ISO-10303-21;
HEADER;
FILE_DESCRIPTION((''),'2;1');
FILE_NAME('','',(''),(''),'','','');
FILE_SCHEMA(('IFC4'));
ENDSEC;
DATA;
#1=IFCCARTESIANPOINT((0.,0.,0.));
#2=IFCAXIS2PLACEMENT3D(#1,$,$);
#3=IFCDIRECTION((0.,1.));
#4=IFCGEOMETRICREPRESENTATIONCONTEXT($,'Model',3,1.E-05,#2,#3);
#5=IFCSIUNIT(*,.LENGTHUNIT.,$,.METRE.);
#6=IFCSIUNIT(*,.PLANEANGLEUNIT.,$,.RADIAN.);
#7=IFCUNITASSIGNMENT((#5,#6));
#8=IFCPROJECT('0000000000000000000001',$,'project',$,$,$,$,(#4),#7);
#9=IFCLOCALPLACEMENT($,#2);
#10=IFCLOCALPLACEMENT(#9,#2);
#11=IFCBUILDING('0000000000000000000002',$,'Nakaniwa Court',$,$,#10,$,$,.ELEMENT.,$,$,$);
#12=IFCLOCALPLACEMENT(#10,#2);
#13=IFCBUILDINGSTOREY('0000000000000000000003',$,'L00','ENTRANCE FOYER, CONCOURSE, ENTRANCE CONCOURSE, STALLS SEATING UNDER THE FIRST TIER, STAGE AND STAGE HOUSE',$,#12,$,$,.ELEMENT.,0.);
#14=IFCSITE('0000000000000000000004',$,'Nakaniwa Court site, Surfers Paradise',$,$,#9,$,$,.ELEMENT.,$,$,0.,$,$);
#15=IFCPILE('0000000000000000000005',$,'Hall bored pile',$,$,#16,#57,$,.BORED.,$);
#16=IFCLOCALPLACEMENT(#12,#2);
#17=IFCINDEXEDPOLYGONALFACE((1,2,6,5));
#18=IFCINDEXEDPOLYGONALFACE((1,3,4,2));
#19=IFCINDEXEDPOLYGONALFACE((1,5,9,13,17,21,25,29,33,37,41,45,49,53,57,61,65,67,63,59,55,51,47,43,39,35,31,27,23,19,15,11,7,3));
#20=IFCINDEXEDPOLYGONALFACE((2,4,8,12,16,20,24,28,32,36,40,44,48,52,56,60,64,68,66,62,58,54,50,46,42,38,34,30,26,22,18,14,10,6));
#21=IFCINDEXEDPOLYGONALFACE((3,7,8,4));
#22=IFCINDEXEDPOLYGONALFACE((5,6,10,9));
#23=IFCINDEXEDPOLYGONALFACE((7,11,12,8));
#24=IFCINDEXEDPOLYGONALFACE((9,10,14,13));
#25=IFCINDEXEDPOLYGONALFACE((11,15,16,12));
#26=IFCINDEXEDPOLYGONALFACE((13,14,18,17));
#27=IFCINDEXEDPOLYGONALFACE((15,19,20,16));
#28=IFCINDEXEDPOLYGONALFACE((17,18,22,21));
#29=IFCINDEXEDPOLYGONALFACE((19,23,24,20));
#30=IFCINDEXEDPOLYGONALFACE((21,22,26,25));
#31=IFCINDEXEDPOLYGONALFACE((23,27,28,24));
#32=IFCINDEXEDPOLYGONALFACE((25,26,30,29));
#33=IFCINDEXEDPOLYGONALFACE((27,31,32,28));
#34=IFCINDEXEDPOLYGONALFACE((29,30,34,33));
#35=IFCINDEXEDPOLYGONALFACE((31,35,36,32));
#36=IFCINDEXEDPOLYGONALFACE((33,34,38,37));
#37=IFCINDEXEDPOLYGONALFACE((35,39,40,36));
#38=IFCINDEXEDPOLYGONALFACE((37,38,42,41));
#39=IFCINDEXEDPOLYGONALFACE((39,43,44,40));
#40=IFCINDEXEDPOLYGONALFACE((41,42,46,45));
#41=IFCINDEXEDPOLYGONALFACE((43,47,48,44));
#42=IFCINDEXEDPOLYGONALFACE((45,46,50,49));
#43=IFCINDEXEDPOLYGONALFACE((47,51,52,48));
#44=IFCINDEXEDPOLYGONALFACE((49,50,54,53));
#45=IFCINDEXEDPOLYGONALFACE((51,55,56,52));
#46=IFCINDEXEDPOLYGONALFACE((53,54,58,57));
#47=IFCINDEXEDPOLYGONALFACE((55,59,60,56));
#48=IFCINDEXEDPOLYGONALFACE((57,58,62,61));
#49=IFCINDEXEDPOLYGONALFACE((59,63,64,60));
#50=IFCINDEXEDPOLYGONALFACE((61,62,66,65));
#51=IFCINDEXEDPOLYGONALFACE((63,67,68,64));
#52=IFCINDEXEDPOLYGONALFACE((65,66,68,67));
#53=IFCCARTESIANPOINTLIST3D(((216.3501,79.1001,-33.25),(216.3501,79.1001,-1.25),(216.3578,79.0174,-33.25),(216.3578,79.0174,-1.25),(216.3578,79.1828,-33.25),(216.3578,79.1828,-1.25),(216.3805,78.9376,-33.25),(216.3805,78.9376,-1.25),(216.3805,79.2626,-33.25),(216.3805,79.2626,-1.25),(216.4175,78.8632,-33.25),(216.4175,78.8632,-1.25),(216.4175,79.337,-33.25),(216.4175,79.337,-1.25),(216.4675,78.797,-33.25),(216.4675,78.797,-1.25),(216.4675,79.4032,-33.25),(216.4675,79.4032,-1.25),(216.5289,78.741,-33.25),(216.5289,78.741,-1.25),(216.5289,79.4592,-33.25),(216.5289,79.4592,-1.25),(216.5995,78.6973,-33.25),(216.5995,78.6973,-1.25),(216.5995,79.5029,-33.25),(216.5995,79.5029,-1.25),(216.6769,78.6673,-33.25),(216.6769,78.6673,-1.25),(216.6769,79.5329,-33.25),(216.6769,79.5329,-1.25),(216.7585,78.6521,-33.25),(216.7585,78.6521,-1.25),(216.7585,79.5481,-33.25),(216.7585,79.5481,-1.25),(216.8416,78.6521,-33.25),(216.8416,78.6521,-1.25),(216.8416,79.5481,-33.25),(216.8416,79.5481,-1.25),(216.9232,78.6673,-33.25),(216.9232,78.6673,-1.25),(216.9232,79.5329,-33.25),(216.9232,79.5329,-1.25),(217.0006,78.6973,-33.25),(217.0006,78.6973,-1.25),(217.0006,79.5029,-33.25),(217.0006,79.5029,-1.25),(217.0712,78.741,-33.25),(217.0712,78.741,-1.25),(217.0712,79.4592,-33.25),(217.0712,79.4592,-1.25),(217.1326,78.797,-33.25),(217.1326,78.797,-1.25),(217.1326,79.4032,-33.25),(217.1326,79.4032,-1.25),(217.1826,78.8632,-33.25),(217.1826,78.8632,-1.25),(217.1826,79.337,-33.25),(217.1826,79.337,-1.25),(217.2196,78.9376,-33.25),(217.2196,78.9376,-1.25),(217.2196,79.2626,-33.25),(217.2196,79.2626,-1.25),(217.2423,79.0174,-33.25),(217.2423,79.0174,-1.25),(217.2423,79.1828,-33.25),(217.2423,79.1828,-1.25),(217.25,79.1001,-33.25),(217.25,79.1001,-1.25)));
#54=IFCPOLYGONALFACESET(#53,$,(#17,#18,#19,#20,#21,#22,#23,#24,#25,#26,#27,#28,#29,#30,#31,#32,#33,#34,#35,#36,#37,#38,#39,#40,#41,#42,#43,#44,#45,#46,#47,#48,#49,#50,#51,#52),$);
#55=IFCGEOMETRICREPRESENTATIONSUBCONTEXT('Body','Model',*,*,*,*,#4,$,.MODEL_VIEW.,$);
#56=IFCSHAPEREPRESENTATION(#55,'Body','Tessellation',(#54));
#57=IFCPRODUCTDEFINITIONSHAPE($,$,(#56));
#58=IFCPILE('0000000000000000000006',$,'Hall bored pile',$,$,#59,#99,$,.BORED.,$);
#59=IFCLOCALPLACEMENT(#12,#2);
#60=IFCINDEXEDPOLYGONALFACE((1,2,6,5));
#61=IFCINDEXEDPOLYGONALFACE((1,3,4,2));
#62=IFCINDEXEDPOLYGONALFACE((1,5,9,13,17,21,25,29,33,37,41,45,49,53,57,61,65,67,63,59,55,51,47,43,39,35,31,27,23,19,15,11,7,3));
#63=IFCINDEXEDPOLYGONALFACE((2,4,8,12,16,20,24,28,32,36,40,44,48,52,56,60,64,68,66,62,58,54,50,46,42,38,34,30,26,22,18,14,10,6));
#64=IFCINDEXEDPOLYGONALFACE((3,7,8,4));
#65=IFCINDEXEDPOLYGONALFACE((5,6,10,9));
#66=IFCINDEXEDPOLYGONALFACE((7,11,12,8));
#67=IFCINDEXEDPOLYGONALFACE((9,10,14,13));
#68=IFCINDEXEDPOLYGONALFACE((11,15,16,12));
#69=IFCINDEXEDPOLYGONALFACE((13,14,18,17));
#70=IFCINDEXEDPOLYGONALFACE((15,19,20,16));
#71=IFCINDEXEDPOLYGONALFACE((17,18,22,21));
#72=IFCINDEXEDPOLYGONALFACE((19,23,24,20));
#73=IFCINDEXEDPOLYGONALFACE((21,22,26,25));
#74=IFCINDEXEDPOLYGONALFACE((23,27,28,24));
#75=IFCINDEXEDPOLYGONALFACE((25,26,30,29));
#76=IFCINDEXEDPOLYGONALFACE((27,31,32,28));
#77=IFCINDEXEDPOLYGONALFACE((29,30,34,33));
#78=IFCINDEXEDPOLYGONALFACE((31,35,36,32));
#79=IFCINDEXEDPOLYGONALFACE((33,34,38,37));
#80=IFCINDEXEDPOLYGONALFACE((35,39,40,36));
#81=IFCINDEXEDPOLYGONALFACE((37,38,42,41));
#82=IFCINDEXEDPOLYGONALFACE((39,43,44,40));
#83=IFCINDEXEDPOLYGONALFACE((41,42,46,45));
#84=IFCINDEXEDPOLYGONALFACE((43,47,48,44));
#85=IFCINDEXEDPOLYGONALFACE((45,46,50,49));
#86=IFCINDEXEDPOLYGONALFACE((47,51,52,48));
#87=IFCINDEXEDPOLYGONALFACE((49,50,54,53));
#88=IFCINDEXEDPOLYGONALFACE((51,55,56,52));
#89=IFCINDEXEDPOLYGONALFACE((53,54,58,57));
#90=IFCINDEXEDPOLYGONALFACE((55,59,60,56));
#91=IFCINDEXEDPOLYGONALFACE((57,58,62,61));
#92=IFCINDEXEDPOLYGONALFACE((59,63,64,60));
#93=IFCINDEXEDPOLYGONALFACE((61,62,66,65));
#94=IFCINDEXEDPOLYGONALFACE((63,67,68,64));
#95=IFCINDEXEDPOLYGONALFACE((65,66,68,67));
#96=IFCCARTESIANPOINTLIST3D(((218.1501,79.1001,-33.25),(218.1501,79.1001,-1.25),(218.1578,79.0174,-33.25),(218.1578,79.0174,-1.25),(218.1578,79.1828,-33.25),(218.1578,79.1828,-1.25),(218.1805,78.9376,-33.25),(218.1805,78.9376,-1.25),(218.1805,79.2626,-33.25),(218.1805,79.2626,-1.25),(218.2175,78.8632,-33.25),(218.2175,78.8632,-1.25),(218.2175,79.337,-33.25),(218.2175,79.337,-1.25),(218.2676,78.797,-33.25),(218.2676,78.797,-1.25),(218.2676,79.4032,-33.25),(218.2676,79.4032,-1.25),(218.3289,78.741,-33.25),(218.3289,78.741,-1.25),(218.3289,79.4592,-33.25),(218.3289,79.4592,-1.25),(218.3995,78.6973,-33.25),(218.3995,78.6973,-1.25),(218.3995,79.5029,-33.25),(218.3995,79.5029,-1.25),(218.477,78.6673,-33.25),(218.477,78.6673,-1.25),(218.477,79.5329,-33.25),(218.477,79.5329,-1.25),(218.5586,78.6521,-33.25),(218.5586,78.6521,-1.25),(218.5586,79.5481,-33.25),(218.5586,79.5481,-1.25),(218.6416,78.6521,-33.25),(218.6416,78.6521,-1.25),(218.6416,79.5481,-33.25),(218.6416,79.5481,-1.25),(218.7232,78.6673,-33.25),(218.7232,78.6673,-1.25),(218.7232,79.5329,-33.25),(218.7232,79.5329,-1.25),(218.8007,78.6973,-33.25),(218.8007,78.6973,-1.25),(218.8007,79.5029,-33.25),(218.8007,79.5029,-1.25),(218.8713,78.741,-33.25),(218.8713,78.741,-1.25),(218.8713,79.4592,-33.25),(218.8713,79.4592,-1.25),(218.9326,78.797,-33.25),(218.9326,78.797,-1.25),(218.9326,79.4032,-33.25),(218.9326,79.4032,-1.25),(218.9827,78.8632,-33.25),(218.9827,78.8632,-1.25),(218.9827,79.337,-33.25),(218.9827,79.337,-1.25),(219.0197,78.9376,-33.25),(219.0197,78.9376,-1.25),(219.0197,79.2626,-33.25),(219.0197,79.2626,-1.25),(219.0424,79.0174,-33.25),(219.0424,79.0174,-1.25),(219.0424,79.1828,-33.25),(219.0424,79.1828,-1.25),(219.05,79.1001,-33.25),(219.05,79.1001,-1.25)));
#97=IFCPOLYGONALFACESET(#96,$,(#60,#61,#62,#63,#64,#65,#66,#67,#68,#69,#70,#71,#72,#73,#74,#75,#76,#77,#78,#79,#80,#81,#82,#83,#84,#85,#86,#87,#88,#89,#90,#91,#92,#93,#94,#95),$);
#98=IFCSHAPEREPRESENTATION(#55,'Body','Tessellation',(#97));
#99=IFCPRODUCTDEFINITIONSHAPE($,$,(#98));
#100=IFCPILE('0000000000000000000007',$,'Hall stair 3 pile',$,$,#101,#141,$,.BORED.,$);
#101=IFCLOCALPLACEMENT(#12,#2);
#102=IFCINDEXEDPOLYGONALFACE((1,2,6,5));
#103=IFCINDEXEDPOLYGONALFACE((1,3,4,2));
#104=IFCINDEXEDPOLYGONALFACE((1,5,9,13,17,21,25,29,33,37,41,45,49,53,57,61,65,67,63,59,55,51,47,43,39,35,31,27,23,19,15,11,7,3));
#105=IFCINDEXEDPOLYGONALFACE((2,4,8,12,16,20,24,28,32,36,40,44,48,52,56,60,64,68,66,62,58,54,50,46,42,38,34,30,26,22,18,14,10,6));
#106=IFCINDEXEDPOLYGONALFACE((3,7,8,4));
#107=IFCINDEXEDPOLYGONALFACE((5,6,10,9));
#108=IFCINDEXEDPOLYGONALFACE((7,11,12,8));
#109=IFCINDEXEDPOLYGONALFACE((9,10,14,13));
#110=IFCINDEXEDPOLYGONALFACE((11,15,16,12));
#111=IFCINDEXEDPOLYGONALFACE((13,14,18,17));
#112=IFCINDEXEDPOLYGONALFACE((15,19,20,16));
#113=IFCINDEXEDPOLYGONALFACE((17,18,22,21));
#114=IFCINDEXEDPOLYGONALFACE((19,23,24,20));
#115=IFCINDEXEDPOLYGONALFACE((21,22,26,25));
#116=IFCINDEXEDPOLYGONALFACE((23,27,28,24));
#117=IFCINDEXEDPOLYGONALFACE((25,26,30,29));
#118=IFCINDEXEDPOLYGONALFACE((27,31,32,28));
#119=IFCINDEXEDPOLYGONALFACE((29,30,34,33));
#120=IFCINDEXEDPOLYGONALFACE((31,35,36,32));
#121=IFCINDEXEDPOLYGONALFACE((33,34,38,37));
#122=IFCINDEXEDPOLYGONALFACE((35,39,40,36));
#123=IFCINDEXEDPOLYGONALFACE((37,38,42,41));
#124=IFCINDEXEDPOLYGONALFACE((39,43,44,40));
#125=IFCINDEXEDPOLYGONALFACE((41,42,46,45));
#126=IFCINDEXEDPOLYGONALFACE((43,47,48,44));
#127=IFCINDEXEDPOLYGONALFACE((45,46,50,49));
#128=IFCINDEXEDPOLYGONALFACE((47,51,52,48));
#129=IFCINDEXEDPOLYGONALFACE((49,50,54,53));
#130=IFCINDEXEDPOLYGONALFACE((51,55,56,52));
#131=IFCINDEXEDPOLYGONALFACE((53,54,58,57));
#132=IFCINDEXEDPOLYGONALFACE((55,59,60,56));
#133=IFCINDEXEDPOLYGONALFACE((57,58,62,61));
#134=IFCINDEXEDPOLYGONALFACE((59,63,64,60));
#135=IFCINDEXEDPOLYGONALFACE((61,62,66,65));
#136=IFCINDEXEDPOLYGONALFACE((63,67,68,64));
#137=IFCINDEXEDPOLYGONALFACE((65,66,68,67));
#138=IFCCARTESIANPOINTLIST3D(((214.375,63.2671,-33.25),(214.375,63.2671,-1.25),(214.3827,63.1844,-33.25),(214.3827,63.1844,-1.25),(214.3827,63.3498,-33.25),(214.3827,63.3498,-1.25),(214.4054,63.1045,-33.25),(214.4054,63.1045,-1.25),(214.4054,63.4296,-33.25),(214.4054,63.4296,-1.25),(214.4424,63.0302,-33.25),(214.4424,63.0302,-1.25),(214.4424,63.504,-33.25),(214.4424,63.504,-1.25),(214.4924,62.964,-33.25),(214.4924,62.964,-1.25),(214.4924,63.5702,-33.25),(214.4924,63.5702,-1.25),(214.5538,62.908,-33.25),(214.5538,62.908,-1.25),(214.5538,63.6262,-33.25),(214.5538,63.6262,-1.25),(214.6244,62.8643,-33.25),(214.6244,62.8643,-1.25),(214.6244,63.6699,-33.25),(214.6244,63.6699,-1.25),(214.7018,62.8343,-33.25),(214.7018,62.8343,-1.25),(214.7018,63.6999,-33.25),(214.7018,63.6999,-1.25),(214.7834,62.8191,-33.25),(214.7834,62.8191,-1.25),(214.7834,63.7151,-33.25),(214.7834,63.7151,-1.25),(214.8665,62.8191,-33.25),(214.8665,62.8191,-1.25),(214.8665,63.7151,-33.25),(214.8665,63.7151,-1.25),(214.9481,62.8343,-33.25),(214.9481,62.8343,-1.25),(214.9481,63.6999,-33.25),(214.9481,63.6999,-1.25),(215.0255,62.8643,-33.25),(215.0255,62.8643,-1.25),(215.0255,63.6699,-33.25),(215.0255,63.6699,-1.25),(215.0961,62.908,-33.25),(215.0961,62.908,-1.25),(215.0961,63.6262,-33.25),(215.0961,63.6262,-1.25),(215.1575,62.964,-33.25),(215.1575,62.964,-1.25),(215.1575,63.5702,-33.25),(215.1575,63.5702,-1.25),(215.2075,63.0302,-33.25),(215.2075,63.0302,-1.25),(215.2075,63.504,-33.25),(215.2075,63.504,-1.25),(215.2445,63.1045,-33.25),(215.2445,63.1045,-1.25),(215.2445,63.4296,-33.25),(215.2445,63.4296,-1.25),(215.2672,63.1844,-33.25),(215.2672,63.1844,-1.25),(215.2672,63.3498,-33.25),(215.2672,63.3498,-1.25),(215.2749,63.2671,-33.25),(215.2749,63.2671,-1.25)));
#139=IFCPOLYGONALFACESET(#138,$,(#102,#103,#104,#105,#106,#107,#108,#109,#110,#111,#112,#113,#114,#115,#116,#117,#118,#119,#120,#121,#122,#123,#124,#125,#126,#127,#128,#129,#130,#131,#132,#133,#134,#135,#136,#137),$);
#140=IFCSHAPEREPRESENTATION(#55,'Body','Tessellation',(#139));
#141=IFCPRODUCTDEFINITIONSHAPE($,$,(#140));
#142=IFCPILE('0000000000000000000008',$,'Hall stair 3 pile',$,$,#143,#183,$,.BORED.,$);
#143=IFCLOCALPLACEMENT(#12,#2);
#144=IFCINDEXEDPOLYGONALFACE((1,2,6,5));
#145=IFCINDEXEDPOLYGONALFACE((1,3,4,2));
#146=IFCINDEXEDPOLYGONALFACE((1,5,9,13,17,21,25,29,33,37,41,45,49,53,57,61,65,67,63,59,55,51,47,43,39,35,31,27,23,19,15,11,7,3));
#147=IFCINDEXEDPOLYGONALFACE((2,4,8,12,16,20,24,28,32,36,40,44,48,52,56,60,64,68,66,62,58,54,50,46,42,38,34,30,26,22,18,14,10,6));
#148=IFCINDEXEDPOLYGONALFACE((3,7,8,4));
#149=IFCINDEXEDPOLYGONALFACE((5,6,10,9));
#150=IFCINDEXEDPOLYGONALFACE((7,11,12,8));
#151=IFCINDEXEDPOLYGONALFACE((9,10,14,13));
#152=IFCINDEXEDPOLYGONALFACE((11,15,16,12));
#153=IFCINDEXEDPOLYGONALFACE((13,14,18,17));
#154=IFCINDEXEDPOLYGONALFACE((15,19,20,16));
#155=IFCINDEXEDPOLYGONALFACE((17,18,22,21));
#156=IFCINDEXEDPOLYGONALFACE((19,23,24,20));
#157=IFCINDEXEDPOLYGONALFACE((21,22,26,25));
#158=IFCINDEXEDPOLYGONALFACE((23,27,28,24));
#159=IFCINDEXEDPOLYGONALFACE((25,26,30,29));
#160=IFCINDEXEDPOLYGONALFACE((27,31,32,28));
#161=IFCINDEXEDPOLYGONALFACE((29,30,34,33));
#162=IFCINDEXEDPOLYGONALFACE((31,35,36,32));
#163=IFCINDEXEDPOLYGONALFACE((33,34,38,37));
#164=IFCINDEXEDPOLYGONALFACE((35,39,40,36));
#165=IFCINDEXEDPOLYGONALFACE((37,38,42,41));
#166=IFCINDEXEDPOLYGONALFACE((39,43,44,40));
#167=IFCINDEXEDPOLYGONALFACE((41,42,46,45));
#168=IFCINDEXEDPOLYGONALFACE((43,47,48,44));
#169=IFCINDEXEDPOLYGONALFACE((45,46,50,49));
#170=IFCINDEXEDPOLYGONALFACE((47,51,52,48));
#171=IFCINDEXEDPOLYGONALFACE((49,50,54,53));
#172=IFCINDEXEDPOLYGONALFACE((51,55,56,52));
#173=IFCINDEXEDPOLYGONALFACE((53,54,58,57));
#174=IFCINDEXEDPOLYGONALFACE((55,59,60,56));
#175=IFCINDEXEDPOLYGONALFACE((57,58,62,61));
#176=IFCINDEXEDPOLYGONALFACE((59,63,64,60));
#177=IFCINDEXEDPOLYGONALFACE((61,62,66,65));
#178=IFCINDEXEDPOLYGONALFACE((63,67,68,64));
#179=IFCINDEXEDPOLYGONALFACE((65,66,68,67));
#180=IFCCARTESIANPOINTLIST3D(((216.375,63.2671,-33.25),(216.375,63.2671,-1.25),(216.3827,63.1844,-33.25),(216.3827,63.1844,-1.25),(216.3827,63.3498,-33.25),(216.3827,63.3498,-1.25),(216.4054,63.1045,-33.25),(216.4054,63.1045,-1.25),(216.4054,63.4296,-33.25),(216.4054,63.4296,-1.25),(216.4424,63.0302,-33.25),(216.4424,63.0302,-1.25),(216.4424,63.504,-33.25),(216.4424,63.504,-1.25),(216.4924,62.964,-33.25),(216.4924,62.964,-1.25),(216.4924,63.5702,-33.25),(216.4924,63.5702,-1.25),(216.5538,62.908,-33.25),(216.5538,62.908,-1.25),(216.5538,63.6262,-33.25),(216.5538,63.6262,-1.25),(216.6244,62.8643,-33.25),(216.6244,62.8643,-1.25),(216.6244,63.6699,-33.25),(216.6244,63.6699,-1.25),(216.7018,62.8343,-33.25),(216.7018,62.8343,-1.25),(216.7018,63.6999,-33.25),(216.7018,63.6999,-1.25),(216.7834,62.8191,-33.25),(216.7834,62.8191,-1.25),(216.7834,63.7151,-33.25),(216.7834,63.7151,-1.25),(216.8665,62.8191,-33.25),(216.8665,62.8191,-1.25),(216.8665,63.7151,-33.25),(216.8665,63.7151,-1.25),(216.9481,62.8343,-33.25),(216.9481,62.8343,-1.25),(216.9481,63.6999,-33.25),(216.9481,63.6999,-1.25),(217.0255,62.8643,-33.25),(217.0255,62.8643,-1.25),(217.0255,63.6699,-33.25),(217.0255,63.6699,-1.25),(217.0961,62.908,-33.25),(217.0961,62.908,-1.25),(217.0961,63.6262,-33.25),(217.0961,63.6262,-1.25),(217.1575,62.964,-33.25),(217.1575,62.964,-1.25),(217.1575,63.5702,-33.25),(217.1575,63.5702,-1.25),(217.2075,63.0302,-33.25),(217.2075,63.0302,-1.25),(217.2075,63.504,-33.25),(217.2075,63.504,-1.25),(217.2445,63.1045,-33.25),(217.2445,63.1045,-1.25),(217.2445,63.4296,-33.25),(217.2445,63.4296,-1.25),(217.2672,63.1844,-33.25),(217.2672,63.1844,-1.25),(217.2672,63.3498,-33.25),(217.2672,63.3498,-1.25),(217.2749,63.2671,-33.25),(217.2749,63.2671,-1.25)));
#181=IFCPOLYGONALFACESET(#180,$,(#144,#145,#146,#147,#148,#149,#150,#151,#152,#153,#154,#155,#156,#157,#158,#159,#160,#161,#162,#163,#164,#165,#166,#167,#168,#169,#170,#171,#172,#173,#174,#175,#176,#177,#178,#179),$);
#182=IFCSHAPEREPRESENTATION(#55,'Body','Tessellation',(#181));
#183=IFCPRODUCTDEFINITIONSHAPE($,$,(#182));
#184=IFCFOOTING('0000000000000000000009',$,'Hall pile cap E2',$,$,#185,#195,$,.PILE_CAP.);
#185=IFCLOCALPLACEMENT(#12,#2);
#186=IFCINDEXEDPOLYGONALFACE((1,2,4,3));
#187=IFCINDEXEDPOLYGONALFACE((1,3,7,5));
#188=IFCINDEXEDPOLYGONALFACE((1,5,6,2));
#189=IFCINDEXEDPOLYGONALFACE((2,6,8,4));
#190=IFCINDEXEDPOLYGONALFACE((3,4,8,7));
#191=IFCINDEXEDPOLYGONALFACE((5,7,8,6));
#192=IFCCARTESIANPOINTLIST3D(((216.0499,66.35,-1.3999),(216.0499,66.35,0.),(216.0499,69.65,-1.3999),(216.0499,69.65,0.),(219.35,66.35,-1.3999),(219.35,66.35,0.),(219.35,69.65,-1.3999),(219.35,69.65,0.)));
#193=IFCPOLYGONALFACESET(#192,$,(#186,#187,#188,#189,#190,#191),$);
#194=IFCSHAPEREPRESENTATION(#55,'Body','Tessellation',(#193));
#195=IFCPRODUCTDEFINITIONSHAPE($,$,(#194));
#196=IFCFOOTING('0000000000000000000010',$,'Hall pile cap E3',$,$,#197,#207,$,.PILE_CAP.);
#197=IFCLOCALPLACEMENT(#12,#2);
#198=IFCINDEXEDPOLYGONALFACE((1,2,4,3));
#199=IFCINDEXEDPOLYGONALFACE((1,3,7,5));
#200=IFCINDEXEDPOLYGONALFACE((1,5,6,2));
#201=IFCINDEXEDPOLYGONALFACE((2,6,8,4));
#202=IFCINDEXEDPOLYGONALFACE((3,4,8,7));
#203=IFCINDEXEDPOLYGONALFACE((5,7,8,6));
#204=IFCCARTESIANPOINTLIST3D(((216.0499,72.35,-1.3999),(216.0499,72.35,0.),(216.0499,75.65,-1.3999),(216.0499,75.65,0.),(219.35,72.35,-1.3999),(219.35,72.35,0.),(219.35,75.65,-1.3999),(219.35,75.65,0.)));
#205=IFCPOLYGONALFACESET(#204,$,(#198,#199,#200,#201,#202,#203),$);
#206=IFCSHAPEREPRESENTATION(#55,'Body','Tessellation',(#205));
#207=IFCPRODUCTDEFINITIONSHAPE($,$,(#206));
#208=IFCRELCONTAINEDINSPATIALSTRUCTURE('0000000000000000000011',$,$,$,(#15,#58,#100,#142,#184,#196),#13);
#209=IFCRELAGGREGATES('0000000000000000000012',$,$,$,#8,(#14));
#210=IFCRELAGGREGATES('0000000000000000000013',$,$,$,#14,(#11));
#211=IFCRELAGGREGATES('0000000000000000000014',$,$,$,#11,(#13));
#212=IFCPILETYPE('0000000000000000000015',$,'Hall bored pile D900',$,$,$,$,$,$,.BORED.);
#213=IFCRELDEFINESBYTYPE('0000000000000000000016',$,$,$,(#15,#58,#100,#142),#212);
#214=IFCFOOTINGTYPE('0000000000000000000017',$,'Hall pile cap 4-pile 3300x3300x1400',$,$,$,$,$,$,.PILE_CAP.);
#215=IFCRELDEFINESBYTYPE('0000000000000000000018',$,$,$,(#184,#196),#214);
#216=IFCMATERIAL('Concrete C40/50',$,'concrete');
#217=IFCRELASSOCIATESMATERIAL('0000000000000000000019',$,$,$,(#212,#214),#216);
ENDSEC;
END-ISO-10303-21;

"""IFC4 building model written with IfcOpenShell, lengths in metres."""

from ifc_helpers import new_model, si_unit, direction, frame, origin, origin_2d, place, context, subcontext, project, spatial, rectangle, circle, extrude, material, material_profile, profile_set, type_object, element, save


model = new_model("IFC4")

# Units and contexts
model_context = context("Model", 3, precision=1e-05, world=origin(), true_north=direction((0.0, 1.0)))
body_context = subcontext(model_context, "Body", "Model", "MODEL_VIEW")
ifc_project = project(units=[si_unit("LENGTHUNIT", "METRE"), si_unit("PLANEANGLEUNIT", "RADIAN")], contexts=[model_context])

# Site, building, storey
site_placement = place(None, origin())
site = spatial("IfcSite", under=ifc_project, at=site_placement, Name="Nakaniwa Court site, Surfers Paradise", CompositionType="ELEMENT", RefElevation=0.0)
building_placement = place(site_placement, origin())
building = spatial("IfcBuilding", under=site, at=building_placement, Name="Nakaniwa Court", CompositionType="ELEMENT")
storey_placement = place(building_placement, origin())
storey = spatial("IfcBuildingStorey", under=building, at=storey_placement, Name="L00", Description="ENTRANCE FOYER, CONCOURSE, ENTRANCE CONCOURSE, STALLS SEATING UNDER THE FIRST TIER, STAGE AND STAGE HOUSE", CompositionType="ELEMENT", Elevation=0.0)

# Piles
ifc_material_1 = material(Name="Concrete C40/50", Category="concrete")
ifc_material_profile_1 = material_profile(ifc_material_1, circle(Radius=0.45, at=origin_2d()), Name="Bored pile D900")
ifc_profile_set_1 = profile_set([ifc_material_profile_1], Name="Concrete C40/50")
pile_type = type_object("IfcPileType", Name="Hall bored pile D900", PredefinedType="BORED", material=ifc_profile_set_1)
for number, where, z_axis, x_axis, name in (
    (1, (216.8, 79.1001, -1.25), (0.0, 0.0, -1.0), (1.0, 0.0, 0.0), "Hall bored pile"),
    (2, (218.6001, 79.1001, -1.25), (0.0, 0.0, -1.0), (1.0, 0.0, 0.0), "Hall bored pile"),
    (3, (214.825, 63.2671, -1.25), (0.0, 0.0, -1.0), (1.0, 0.0, 0.0), "Hall stair 3 pile"),
    (4, (216.825, 63.2671, -1.25), (0.0, 0.0, -1.0), (1.0, 0.0, 0.0), "Hall stair 3 pile"),
):
    element("IfcPile", number, at=place(storey_placement, frame(where, z_axis=z_axis, x_axis=x_axis)), inside=storey, type_object=pile_type, Name=name, PredefinedType="BORED", context=body_context, shape_type="SweptSolid", body=[
        extrude(circle(Radius=0.45, at=origin_2d()), origin(), (0.0, 0.0, 1.0), 32.0),
    ])

# Footings
footing_type = type_object("IfcFootingType", Name="Hall pile cap 4-pile 3300x3300x1400", PredefinedType="PILE_CAP", material=ifc_material_1)
for number, where, z_axis, x_axis, name in (
    (5, (217.7, 68.0, -1.3999), (0.0, 0.0, 1.0), (1.0, 0.0, 0.0), "Hall pile cap E2"),
    (6, (217.7, 74.0, -1.3999), (0.0, 0.0, 1.0), (1.0, 0.0, 0.0), "Hall pile cap E3"),
):
    element("IfcFooting", number, at=place(storey_placement, frame(where, z_axis=z_axis, x_axis=x_axis)), inside=storey, type_object=footing_type, Name=name, PredefinedType="PILE_CAP", context=body_context, shape_type="SweptSolid", body=[
        extrude(rectangle(XDim=3.3, YDim=3.3, at=origin_2d()), origin(), (0.0, 0.0, 1.0), 1.3999),
    ])

save(model, "model.ifc")
